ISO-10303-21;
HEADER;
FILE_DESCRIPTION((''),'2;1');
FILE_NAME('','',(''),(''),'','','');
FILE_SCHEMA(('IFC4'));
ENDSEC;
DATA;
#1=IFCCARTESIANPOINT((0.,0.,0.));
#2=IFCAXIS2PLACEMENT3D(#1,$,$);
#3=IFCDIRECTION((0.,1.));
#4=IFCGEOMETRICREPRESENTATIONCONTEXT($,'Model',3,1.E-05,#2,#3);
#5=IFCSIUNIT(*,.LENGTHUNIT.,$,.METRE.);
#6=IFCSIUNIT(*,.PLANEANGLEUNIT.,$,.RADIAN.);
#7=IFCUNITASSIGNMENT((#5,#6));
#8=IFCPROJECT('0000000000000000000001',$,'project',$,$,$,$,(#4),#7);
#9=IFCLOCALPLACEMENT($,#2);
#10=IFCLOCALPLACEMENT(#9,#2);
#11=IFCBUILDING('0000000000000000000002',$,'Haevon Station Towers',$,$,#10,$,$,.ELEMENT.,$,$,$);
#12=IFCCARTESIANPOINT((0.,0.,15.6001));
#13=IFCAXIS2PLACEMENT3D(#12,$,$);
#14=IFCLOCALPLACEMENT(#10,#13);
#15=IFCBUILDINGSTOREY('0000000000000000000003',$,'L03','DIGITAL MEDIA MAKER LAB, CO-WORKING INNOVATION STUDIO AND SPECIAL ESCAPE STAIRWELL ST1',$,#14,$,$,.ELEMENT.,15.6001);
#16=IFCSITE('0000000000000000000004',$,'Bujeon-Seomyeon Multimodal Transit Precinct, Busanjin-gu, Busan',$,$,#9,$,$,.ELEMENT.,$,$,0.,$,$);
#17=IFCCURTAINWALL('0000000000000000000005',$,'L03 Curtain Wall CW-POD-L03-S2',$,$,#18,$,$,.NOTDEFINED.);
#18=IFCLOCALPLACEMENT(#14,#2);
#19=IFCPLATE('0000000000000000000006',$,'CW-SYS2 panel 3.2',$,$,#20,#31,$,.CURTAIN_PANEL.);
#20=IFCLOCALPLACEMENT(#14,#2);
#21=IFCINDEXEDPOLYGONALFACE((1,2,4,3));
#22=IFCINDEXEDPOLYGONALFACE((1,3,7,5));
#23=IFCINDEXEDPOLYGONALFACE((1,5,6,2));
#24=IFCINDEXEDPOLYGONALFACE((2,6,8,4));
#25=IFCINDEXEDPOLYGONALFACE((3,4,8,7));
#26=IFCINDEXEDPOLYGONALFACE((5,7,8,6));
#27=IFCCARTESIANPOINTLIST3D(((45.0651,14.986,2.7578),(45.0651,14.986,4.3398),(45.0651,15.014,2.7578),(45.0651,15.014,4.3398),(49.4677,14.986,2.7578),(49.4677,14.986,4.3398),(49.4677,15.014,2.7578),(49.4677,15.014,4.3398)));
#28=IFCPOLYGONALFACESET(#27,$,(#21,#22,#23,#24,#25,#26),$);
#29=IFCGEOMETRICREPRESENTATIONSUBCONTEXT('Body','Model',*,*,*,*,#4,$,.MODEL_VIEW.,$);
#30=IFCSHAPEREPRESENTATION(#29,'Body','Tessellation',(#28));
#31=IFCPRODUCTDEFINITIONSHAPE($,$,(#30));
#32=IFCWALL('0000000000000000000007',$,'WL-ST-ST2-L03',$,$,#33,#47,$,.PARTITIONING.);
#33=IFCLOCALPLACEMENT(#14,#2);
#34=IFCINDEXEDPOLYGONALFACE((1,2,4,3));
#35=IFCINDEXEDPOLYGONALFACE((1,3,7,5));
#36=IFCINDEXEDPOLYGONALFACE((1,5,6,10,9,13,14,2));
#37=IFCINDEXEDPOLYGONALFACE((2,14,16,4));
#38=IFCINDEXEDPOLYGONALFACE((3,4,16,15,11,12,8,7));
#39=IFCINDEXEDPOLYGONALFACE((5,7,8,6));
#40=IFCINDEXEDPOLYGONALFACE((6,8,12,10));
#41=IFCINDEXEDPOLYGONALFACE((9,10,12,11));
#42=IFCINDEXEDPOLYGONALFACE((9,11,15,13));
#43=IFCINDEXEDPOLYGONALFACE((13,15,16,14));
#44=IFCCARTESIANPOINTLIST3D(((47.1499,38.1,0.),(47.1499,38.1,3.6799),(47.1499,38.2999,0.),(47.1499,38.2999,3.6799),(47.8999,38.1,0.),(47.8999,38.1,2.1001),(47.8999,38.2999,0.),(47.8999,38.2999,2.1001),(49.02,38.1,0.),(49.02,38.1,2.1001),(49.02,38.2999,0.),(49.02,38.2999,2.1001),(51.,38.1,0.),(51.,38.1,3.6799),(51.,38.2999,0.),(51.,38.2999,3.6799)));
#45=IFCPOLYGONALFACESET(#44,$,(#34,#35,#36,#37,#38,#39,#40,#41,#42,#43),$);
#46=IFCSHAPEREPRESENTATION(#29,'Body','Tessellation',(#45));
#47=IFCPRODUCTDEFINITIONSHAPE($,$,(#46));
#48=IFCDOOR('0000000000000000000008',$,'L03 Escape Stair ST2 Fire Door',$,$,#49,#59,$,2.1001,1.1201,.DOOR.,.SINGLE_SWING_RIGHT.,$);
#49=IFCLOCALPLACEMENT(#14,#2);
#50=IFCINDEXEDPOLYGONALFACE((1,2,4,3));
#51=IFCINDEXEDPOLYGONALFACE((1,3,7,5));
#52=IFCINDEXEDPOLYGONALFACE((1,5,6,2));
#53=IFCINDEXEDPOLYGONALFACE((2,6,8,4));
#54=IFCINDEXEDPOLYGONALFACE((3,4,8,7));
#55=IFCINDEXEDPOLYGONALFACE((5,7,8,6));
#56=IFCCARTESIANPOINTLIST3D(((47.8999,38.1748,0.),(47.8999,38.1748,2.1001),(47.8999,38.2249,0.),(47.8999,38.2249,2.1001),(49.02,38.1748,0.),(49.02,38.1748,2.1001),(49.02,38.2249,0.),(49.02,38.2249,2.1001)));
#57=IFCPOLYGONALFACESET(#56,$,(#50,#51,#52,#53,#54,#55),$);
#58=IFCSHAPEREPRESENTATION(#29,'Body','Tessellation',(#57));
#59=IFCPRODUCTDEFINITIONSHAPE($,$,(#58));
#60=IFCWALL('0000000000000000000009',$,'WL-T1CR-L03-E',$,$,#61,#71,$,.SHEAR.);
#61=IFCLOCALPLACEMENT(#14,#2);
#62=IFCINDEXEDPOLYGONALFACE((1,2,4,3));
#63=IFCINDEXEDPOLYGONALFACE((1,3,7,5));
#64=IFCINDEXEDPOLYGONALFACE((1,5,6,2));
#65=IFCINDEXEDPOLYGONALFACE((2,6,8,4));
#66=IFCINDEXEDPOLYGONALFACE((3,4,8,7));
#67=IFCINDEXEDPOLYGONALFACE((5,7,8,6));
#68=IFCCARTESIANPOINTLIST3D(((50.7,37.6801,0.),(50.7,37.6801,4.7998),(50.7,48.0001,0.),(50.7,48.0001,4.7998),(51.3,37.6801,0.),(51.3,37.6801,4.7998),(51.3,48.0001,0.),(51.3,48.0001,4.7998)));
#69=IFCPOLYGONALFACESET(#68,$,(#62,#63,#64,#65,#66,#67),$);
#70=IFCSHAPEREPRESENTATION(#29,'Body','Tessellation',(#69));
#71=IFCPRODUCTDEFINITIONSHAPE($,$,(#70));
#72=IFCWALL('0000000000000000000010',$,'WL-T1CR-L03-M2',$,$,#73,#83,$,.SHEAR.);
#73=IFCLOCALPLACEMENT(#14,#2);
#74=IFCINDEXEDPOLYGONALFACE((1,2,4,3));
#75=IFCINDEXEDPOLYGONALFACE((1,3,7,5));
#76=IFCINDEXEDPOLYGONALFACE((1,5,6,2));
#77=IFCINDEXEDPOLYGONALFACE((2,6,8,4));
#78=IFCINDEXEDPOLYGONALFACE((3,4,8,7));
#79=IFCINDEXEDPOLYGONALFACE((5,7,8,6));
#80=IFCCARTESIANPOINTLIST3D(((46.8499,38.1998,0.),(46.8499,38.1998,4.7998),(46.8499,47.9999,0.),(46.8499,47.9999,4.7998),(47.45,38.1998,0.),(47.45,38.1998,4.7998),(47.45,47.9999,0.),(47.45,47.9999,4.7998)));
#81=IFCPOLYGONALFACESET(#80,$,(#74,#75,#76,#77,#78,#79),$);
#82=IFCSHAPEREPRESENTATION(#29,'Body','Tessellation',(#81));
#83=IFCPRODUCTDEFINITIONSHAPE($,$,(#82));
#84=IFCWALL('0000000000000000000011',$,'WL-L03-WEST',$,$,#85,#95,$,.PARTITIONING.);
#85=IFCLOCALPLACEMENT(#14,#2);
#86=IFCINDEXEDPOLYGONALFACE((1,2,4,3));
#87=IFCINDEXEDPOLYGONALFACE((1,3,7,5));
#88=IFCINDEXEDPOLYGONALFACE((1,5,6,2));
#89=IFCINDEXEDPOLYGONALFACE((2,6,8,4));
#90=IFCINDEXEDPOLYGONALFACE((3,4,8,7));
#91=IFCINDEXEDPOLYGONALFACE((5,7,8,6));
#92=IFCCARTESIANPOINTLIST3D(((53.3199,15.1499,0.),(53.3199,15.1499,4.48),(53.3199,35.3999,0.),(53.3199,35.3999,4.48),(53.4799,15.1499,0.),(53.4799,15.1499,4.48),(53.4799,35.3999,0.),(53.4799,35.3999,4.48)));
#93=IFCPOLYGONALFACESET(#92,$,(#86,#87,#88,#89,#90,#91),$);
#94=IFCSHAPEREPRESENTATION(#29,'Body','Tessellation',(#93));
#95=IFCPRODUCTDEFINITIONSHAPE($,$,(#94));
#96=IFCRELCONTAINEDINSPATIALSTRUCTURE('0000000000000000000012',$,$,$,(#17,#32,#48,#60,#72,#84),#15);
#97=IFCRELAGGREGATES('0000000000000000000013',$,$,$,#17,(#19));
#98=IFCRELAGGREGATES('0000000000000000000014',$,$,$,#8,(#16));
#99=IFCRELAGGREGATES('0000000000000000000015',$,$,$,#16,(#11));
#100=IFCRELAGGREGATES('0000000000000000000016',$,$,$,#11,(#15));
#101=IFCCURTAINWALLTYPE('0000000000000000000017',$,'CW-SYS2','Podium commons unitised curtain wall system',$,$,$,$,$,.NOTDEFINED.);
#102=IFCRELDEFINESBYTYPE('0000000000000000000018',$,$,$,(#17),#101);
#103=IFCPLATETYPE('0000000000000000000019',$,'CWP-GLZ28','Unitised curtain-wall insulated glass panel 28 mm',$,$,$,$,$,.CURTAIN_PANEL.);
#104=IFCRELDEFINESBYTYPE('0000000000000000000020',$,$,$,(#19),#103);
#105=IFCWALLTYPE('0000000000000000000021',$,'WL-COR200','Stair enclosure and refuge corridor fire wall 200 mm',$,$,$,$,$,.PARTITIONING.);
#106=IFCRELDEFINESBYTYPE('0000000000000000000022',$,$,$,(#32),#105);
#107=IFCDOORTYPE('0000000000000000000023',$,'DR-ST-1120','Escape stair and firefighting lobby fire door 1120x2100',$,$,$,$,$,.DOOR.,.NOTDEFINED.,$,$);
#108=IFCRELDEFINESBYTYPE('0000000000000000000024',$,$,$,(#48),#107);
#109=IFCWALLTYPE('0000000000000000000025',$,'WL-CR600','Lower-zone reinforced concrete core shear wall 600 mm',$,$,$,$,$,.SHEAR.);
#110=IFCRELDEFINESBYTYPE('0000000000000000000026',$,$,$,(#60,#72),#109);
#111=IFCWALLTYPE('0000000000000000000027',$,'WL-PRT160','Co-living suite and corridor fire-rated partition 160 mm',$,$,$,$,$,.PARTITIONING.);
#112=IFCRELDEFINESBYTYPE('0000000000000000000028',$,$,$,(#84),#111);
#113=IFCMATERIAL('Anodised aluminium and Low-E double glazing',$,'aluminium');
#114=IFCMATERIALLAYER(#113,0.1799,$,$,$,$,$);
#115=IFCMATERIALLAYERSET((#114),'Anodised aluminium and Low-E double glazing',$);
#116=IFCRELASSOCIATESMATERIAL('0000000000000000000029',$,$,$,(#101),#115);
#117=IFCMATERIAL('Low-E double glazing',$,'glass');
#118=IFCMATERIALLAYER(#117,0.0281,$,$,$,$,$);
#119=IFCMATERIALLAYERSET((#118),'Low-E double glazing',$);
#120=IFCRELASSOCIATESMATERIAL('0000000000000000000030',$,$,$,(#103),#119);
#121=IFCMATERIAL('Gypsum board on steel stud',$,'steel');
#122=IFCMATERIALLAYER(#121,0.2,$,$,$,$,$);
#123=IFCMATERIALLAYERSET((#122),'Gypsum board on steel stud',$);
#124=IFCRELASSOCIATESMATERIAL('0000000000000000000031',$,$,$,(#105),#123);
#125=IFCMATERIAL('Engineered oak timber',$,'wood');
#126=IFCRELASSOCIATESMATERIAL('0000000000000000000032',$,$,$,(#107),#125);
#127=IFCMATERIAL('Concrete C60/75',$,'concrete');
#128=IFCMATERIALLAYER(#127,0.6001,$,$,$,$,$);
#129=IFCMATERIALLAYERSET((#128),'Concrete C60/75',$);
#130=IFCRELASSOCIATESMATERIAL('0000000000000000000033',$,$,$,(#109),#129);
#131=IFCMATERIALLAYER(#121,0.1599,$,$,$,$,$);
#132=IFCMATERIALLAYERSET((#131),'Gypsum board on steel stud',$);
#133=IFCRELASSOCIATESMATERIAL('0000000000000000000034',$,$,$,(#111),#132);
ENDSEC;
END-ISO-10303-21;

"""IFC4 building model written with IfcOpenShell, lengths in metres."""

from ifc_helpers import new_model, si_unit, direction, frame, frame_2d, origin, origin_2d, place, context, subcontext, project, spatial, rectangle, extrude, material, layer, layer_set, type_object, element, fill, aggregate, save


model = new_model("IFC4")

# Units and contexts
model_context = context("Model", 3, precision=1e-05, world=origin(), true_north=direction((0.0, 1.0)))
body_context = subcontext(model_context, "Body", "Model", "MODEL_VIEW")
ifc_project = project(units=[si_unit("LENGTHUNIT", "METRE"), si_unit("PLANEANGLEUNIT", "RADIAN")], contexts=[model_context])

# Site, building, storey
site_placement = place(None, origin())
site = spatial("IfcSite", under=ifc_project, at=site_placement, Name="Bujeon-Seomyeon Multimodal Transit Precinct, Busanjin-gu, Busan", CompositionType="ELEMENT", RefElevation=0.0)
building_placement = place(site_placement, origin())
building = spatial("IfcBuilding", under=site, at=building_placement, Name="Haevon Station Towers", CompositionType="ELEMENT")
storey_placement = place(building_placement, frame((0.0, 0.0, 15.6001)))
storey = spatial("IfcBuildingStorey", under=building, at=storey_placement, Name="L03", Description="DIGITAL MEDIA MAKER LAB, CO-WORKING INNOVATION STUDIO AND SPECIAL ESCAPE STAIRWELL ST1", CompositionType="ELEMENT", Elevation=15.6001)

# Curtain wall, plate
ifc_material_1 = material(Name="Anodised aluminium and Low-E double glazing", Category="aluminium")
ifc_layer_1 = layer(ifc_material_1, 0.1799)
ifc_layer_set_1 = layer_set([ifc_layer_1], Name="Anodised aluminium and Low-E double glazing")
curtain_wall_type = type_object("IfcCurtainWallType", Name="CW-SYS2", Description="Podium commons unitised curtain wall system", PredefinedType="NOTDEFINED", material=ifc_layer_set_1)
curtain_wall_placement = place(storey_placement, origin())
curtain_wall = element("IfcCurtainWall", 1, at=curtain_wall_placement, inside=storey, type_object=curtain_wall_type, Name="L03 Curtain Wall CW-POD-L03-S2", PredefinedType="NOTDEFINED")
ifc_material_2 = material(Name="Low-E double glazing", Category="glass")
ifc_layer_2 = layer(ifc_material_2, 0.0281)
ifc_layer_set_2 = layer_set([ifc_layer_2], Name="Low-E double glazing")
plate_type = type_object("IfcPlateType", Name="CWP-GLZ28", Description="Unitised curtain-wall insulated glass panel 28 mm", PredefinedType="CURTAIN_PANEL", material=ifc_layer_set_2)
plate_1_placement = place(storey_placement, frame((47.2664, 15.0, 2.7578), z_axis=(0.0, 0.0, 1.0), x_axis=(-1.0, 0.0, 0.0)))
plate_1 = element("IfcPlate", 2, at=plate_1_placement, type_object=plate_type, Name="CW-SYS2 panel 3.2", PredefinedType="CURTAIN_PANEL", context=body_context, shape_type="SweptSolid", body=[
    extrude(rectangle(XDim=4.4026, YDim=0.0281, at=origin_2d()), origin(), (0.0, 0.0, 1.0), 1.582),
])
aggregate(curtain_wall, [plate_1])

# Wall, opening, door
ifc_material_3 = material(Name="Gypsum board on steel stud", Category="steel")
ifc_layer_3 = layer(ifc_material_3, 0.2)
ifc_layer_set_3 = layer_set([ifc_layer_3], Name="Gypsum board on steel stud")
wall_type_1 = type_object("IfcWallType", Name="WL-COR200", Description="Stair enclosure and refuge corridor fire wall 200 mm", PredefinedType="PARTITIONING", material=ifc_layer_set_3)
wall_1_placement = place(storey_placement, frame((47.1499, 38.2, 0.0), z_axis=(0.0, 0.0, 1.0), x_axis=(1.0, 0.0, 0.0)))
wall_1 = element("IfcWall", 3, at=wall_1_placement, inside=storey, type_object=wall_type_1, Name="WL-ST-ST2-L03", PredefinedType="PARTITIONING", context=body_context, shape_type="SweptSolid", body=[
    extrude(rectangle(XDim=3.8501, YDim=0.2, at=frame_2d((1.925, 0.0))), origin(), (0.0, 0.0, 1.0), 3.6799),
])
opening_placement = place(wall_1_placement, frame((0.75, 0.0, 0.0)))
opening = element("IfcOpeningElement", 4, at=opening_placement, cuts=wall_1, PredefinedType="OPENING", context=body_context, shape_type="SweptSolid", body=[
    extrude(rectangle(XDim=1.1201, YDim=2.1001, at=frame_2d((0.5601, 1.05))), frame((0.0, 0.1099, 0.0), z_axis=(0.0, -1.0, 0.0), x_axis=(1.0, 0.0, 0.0)), (0.0, 0.0, 1.0), 0.22),
])
ifc_material_4 = material(Name="Engineered oak timber", Category="wood")
door_type = type_object("IfcDoorType", Name="DR-ST-1120", Description="Escape stair and firefighting lobby fire door 1120x2100", OperationType="NOTDEFINED", PredefinedType="DOOR", material=ifc_material_4)
door_placement = place(opening_placement, origin())
door = element("IfcDoor", 5, at=door_placement, inside=storey, type_object=door_type, Name="L03 Escape Stair ST2 Fire Door", OperationType="SINGLE_SWING_RIGHT", OverallHeight=2.1001, OverallWidth=1.1201, PredefinedType="DOOR", context=body_context, shape_type="SweptSolid", body=[
    extrude(rectangle(XDim=1.1201, YDim=2.1001, at=frame_2d((0.5601, 1.05))), frame((0.0, 0.0249, 0.0), z_axis=(0.0, -1.0, 0.0), x_axis=(1.0, 0.0, 0.0)), (0.0, 0.0, 1.0), 0.05),
])
fill(opening, door)

# Walls
ifc_material_5 = material(Name="Concrete C60/75", Category="concrete")
ifc_layer_4 = layer(ifc_material_5, 0.6001)
ifc_layer_set_4 = layer_set([ifc_layer_4], Name="Concrete C60/75")
wall_type_2 = type_object("IfcWallType", Name="WL-CR600", Description="Lower-zone reinforced concrete core shear wall 600 mm", PredefinedType="SHEAR", material=ifc_layer_set_4)
wall_2_placement = place(storey_placement, frame((51.0, 37.6799, 0.0), z_axis=(0.0, 0.0, 1.0), x_axis=(0.0, 1.0, 0.0)))
element("IfcWall", 6, at=wall_2_placement, inside=storey, type_object=wall_type_2, Name="WL-T1CR-L03-E", PredefinedType="SHEAR", context=body_context, shape_type="SweptSolid", body=[
    extrude(rectangle(XDim=10.3201, YDim=0.6001, at=frame_2d((5.1602, 0.0))), origin(), (0.0, 0.0, 1.0), 4.7998),
])
wall_3_placement = place(storey_placement, frame((47.1499, 38.2, 0.0), z_axis=(0.0, 0.0, 1.0), x_axis=(0.0, 1.0, 0.0)))
element("IfcWall", 7, at=wall_3_placement, inside=storey, type_object=wall_type_2, Name="WL-T1CR-L03-M2", PredefinedType="SHEAR", context=body_context, shape_type="SweptSolid", body=[
    extrude(rectangle(XDim=9.8, YDim=0.6001, at=frame_2d((4.8999, 0.0))), origin(), (0.0, 0.0, 1.0), 4.7998),
])
ifc_layer_5 = layer(ifc_material_3, 0.1599)
ifc_layer_set_5 = layer_set([ifc_layer_5], Name="Gypsum board on steel stud")
wall_type_3 = type_object("IfcWallType", Name="WL-PRT160", Description="Co-living suite and corridor fire-rated partition 160 mm", PredefinedType="PARTITIONING", material=ifc_layer_set_5)
wall_4_placement = place(storey_placement, frame((53.3999, 15.1499, 0.0), z_axis=(0.0, 0.0, 1.0), x_axis=(0.0, 1.0, 0.0)))
element("IfcWall", 8, at=wall_4_placement, inside=storey, type_object=wall_type_3, Name="WL-L03-WEST", PredefinedType="PARTITIONING", context=body_context, shape_type="SweptSolid", body=[
    extrude(rectangle(XDim=20.25, YDim=0.1599, at=frame_2d((10.125, 0.0))), origin(), (0.0, 0.0, 1.0), 4.48),
])

save(model, "model.ifc")
